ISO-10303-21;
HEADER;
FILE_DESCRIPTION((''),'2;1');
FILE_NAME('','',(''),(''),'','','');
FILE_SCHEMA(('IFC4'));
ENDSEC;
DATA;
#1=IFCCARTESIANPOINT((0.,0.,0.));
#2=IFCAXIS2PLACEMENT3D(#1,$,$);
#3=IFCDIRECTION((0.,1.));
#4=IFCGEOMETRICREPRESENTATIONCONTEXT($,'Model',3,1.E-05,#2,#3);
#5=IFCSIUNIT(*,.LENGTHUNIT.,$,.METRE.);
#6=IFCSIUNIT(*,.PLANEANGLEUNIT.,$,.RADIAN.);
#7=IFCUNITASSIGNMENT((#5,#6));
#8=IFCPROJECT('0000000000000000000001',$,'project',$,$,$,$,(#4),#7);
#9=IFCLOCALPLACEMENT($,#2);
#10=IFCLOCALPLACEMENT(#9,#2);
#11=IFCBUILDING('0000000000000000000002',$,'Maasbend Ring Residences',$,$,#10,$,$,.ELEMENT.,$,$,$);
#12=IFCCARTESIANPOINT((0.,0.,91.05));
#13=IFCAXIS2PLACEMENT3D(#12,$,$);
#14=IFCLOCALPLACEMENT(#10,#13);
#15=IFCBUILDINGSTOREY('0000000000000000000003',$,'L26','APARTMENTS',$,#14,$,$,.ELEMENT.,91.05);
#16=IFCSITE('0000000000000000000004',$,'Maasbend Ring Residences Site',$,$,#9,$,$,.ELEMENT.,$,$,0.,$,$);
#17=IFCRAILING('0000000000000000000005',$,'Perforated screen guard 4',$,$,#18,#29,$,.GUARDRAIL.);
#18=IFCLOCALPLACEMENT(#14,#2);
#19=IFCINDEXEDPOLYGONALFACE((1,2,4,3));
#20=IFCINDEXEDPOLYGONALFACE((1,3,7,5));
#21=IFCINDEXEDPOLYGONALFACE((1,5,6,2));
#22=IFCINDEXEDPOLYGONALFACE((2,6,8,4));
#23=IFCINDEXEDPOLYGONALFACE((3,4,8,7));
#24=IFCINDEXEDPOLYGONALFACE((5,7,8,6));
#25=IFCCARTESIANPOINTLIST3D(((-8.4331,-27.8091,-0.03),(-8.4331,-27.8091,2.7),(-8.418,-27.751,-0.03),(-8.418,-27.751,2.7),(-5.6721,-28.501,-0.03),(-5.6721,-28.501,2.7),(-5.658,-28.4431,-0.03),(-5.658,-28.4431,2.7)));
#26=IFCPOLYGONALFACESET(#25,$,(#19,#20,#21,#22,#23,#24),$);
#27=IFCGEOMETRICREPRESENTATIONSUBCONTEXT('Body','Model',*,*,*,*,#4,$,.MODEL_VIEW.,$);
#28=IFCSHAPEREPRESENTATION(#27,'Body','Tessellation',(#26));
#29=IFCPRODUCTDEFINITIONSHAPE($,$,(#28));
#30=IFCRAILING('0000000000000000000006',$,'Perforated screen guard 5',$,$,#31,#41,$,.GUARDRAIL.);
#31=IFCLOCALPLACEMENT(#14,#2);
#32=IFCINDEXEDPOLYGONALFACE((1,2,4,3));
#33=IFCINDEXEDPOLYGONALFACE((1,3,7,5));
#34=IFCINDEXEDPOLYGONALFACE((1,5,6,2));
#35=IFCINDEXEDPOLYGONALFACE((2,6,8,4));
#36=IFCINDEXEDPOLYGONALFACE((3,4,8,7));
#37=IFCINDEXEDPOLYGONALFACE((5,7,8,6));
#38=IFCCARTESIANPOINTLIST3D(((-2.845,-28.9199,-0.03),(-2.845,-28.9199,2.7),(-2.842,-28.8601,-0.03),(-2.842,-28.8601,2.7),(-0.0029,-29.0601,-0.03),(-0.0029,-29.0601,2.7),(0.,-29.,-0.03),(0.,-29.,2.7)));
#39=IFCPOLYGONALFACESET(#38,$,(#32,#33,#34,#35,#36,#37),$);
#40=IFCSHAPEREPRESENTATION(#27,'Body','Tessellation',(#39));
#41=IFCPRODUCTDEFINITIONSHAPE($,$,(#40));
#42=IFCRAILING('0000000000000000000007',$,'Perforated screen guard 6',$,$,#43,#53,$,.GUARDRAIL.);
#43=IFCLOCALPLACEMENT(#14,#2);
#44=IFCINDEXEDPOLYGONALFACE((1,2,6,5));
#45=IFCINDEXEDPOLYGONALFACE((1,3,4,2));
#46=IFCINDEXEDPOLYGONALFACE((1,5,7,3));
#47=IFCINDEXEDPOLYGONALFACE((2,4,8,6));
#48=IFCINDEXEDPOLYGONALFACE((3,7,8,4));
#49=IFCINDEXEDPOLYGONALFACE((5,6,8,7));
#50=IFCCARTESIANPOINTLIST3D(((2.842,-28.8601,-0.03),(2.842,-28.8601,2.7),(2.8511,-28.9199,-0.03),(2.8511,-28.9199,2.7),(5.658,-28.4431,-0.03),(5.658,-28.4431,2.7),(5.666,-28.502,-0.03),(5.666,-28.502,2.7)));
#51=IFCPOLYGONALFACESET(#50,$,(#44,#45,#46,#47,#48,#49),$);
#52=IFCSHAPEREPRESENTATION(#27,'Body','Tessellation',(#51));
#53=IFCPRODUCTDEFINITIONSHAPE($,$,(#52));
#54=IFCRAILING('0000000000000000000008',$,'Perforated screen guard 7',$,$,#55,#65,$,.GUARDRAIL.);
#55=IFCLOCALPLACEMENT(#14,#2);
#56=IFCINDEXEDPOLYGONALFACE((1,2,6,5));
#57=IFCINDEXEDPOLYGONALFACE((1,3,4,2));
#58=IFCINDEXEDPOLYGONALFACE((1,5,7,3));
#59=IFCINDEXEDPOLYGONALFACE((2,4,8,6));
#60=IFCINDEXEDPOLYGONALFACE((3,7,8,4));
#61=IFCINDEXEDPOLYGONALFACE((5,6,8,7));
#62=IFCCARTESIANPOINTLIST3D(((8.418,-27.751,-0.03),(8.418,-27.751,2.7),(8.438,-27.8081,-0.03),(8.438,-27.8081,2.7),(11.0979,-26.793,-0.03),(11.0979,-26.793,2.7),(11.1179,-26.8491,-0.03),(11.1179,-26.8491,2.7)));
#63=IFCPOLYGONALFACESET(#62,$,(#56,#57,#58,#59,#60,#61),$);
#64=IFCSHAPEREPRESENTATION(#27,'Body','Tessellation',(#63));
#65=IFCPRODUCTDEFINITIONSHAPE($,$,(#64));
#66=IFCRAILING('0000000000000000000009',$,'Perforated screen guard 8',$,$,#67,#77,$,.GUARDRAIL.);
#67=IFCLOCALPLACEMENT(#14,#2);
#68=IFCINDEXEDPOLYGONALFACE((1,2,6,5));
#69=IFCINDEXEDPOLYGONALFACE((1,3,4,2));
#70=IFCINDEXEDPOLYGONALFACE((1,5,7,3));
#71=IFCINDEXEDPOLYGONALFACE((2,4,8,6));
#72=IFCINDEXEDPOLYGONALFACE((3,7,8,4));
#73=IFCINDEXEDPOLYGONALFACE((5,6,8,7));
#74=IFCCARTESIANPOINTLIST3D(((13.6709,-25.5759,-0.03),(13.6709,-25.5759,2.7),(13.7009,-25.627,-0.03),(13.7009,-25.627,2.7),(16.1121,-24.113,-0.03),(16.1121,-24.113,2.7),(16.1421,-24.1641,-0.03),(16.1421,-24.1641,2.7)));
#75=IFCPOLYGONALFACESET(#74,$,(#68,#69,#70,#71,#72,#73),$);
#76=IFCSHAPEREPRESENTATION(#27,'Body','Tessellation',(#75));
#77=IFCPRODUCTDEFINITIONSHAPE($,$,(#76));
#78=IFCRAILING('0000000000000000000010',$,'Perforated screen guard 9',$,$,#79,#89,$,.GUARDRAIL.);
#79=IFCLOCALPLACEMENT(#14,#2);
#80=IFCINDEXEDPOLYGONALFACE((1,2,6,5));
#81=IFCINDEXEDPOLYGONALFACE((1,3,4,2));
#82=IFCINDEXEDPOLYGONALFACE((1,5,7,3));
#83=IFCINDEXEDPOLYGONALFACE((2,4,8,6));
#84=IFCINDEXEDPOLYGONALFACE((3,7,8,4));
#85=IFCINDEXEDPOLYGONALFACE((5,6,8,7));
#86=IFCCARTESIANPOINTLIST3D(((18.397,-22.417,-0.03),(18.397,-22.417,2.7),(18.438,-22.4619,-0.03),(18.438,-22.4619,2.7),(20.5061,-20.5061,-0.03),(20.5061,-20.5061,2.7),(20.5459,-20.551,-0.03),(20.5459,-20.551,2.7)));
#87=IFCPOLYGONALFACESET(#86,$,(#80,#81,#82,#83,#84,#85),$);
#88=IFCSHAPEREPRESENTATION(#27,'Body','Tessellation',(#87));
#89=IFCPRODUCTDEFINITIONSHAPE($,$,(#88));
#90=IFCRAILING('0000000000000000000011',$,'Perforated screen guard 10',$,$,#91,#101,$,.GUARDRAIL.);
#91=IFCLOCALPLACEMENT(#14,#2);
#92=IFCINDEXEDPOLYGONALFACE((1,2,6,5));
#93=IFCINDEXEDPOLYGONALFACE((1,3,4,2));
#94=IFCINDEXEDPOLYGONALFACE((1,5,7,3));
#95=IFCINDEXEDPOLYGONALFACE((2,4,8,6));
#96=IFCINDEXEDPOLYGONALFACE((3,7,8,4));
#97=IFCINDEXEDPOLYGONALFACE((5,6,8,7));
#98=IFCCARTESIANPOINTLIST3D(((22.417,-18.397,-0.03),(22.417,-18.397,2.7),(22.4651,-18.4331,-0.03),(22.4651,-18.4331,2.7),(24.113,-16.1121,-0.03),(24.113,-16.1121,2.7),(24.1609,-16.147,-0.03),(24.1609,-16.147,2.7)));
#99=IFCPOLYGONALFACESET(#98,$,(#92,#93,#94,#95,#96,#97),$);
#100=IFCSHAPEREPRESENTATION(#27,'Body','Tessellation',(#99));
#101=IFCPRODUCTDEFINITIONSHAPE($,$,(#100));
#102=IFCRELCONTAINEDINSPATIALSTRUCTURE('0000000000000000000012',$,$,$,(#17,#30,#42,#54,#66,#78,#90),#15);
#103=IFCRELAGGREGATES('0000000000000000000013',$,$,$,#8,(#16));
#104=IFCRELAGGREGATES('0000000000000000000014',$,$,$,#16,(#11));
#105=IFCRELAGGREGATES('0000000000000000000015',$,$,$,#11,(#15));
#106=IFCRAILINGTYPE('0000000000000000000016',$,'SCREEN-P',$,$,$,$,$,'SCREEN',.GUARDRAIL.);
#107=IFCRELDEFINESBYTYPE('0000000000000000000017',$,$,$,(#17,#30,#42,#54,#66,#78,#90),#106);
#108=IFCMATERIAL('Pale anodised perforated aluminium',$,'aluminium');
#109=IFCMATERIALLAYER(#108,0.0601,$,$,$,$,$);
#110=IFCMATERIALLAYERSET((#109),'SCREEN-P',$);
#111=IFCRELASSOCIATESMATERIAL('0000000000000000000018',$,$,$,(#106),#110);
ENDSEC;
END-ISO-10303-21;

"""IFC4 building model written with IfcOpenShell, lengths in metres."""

from ifc_helpers import new_model, si_unit, direction, frame, origin, place, context, subcontext, project, spatial, polyline, outline, extrude, material, layer, layer_set, type_object, element, save


model = new_model("IFC4")

# Units and contexts
model_context = context("Model", 3, precision=1e-05, world=origin(), true_north=direction((0.0, 1.0)))
body_context = subcontext(model_context, "Body", "Model", "MODEL_VIEW")
ifc_project = project(units=[si_unit("LENGTHUNIT", "METRE"), si_unit("PLANEANGLEUNIT", "RADIAN")], contexts=[model_context])

# Site, building, storey
site_placement = place(None, origin())
site = spatial("IfcSite", under=ifc_project, at=site_placement, Name="Maasbend Ring Residences Site", CompositionType="ELEMENT", RefElevation=0.0)
building_placement = place(site_placement, origin())
building = spatial("IfcBuilding", under=site, at=building_placement, Name="Maasbend Ring Residences", CompositionType="ELEMENT")
storey_placement = place(building_placement, frame((0.0, 0.0, 91.05)))
storey = spatial("IfcBuildingStorey", under=building, at=storey_placement, Name="L26", Description="APARTMENTS", CompositionType="ELEMENT", Elevation=91.05)

# Railings
ifc_material_1 = material(Name="Pale anodised perforated aluminium", Category="aluminium")
ifc_layer_1 = layer(ifc_material_1, 0.0601)
ifc_layer_set_1 = layer_set([ifc_layer_1], Name="SCREEN-P")
railing_type = type_object("IfcRailingType", Name="SCREEN-P", ElementType="SCREEN", PredefinedType="GUARDRAIL", material=ifc_layer_set_1)
railing_1_placement = place(storey_placement, frame((0.0, 0.0, -0.03)))
element("IfcRailing", 1, at=railing_1_placement, inside=storey, type_object=railing_type, Name="Perforated screen guard 4", PredefinedType="GUARDRAIL", context=body_context, shape_type="SweptSolid", body=[
    extrude(outline(polyline([(-8.418, -27.751), (-5.658, -28.4431), (-5.6721, -28.501), (-8.4331, -27.8091), (-8.418, -27.751)])), origin(), (0.0, 0.0, 1.0), 2.73),
])
railing_2_placement = place(storey_placement, frame((0.0, 0.0, -0.03)))
element("IfcRailing", 2, at=railing_2_placement, inside=storey, type_object=railing_type, Name="Perforated screen guard 5", PredefinedType="GUARDRAIL", context=body_context, shape_type="SweptSolid", body=[
    extrude(outline(polyline([(-2.842, -28.8601), (0.0, -29.0), (-0.0029, -29.0601), (-2.845, -28.9199), (-2.842, -28.8601)])), origin(), (0.0, 0.0, 1.0), 2.73),
])
railing_3_placement = place(storey_placement, frame((0.0, 0.0, -0.03)))
element("IfcRailing", 3, at=railing_3_placement, inside=storey, type_object=railing_type, Name="Perforated screen guard 6", PredefinedType="GUARDRAIL", context=body_context, shape_type="SweptSolid", body=[
    extrude(outline(polyline([(2.842, -28.8601), (5.658, -28.4431), (5.666, -28.502), (2.8511, -28.9199), (2.842, -28.8601)])), origin(), (0.0, 0.0, 1.0), 2.73),
])
railing_4_placement = place(storey_placement, frame((0.0, 0.0, -0.03)))
element("IfcRailing", 4, at=railing_4_placement, inside=storey, type_object=railing_type, Name="Perforated screen guard 7", PredefinedType="GUARDRAIL", context=body_context, shape_type="SweptSolid", body=[
    extrude(outline(polyline([(8.418, -27.751), (11.0979, -26.793), (11.1179, -26.8491), (8.438, -27.8081), (8.418, -27.751)])), origin(), (0.0, 0.0, 1.0), 2.73),
])
railing_5_placement = place(storey_placement, frame((0.0, 0.0, -0.03)))
element("IfcRailing", 5, at=railing_5_placement, inside=storey, type_object=railing_type, Name="Perforated screen guard 8", PredefinedType="GUARDRAIL", context=body_context, shape_type="SweptSolid", body=[
    extrude(outline(polyline([(13.6709, -25.5759), (16.1121, -24.113), (16.1421, -24.1641), (13.7009, -25.627), (13.6709, -25.5759)])), origin(), (0.0, 0.0, 1.0), 2.73),
])
railing_6_placement = place(storey_placement, frame((0.0, 0.0, -0.03)))
element("IfcRailing", 6, at=railing_6_placement, inside=storey, type_object=railing_type, Name="Perforated screen guard 9", PredefinedType="GUARDRAIL", context=body_context, shape_type="SweptSolid", body=[
    extrude(outline(polyline([(18.397, -22.417), (20.5061, -20.5061), (20.5459, -20.551), (18.438, -22.4619), (18.397, -22.417)])), origin(), (0.0, 0.0, 1.0), 2.73),
])
railing_7_placement = place(storey_placement, frame((0.0, 0.0, -0.03)))
element("IfcRailing", 7, at=railing_7_placement, inside=storey, type_object=railing_type, Name="Perforated screen guard 10", PredefinedType="GUARDRAIL", context=body_context, shape_type="SweptSolid", body=[
    extrude(outline(polyline([(22.417, -18.397), (24.113, -16.1121), (24.1609, -16.147), (22.4651, -18.4331), (22.417, -18.397)])), origin(), (0.0, 0.0, 1.0), 2.73),
])

save(model, "model.ifc")
